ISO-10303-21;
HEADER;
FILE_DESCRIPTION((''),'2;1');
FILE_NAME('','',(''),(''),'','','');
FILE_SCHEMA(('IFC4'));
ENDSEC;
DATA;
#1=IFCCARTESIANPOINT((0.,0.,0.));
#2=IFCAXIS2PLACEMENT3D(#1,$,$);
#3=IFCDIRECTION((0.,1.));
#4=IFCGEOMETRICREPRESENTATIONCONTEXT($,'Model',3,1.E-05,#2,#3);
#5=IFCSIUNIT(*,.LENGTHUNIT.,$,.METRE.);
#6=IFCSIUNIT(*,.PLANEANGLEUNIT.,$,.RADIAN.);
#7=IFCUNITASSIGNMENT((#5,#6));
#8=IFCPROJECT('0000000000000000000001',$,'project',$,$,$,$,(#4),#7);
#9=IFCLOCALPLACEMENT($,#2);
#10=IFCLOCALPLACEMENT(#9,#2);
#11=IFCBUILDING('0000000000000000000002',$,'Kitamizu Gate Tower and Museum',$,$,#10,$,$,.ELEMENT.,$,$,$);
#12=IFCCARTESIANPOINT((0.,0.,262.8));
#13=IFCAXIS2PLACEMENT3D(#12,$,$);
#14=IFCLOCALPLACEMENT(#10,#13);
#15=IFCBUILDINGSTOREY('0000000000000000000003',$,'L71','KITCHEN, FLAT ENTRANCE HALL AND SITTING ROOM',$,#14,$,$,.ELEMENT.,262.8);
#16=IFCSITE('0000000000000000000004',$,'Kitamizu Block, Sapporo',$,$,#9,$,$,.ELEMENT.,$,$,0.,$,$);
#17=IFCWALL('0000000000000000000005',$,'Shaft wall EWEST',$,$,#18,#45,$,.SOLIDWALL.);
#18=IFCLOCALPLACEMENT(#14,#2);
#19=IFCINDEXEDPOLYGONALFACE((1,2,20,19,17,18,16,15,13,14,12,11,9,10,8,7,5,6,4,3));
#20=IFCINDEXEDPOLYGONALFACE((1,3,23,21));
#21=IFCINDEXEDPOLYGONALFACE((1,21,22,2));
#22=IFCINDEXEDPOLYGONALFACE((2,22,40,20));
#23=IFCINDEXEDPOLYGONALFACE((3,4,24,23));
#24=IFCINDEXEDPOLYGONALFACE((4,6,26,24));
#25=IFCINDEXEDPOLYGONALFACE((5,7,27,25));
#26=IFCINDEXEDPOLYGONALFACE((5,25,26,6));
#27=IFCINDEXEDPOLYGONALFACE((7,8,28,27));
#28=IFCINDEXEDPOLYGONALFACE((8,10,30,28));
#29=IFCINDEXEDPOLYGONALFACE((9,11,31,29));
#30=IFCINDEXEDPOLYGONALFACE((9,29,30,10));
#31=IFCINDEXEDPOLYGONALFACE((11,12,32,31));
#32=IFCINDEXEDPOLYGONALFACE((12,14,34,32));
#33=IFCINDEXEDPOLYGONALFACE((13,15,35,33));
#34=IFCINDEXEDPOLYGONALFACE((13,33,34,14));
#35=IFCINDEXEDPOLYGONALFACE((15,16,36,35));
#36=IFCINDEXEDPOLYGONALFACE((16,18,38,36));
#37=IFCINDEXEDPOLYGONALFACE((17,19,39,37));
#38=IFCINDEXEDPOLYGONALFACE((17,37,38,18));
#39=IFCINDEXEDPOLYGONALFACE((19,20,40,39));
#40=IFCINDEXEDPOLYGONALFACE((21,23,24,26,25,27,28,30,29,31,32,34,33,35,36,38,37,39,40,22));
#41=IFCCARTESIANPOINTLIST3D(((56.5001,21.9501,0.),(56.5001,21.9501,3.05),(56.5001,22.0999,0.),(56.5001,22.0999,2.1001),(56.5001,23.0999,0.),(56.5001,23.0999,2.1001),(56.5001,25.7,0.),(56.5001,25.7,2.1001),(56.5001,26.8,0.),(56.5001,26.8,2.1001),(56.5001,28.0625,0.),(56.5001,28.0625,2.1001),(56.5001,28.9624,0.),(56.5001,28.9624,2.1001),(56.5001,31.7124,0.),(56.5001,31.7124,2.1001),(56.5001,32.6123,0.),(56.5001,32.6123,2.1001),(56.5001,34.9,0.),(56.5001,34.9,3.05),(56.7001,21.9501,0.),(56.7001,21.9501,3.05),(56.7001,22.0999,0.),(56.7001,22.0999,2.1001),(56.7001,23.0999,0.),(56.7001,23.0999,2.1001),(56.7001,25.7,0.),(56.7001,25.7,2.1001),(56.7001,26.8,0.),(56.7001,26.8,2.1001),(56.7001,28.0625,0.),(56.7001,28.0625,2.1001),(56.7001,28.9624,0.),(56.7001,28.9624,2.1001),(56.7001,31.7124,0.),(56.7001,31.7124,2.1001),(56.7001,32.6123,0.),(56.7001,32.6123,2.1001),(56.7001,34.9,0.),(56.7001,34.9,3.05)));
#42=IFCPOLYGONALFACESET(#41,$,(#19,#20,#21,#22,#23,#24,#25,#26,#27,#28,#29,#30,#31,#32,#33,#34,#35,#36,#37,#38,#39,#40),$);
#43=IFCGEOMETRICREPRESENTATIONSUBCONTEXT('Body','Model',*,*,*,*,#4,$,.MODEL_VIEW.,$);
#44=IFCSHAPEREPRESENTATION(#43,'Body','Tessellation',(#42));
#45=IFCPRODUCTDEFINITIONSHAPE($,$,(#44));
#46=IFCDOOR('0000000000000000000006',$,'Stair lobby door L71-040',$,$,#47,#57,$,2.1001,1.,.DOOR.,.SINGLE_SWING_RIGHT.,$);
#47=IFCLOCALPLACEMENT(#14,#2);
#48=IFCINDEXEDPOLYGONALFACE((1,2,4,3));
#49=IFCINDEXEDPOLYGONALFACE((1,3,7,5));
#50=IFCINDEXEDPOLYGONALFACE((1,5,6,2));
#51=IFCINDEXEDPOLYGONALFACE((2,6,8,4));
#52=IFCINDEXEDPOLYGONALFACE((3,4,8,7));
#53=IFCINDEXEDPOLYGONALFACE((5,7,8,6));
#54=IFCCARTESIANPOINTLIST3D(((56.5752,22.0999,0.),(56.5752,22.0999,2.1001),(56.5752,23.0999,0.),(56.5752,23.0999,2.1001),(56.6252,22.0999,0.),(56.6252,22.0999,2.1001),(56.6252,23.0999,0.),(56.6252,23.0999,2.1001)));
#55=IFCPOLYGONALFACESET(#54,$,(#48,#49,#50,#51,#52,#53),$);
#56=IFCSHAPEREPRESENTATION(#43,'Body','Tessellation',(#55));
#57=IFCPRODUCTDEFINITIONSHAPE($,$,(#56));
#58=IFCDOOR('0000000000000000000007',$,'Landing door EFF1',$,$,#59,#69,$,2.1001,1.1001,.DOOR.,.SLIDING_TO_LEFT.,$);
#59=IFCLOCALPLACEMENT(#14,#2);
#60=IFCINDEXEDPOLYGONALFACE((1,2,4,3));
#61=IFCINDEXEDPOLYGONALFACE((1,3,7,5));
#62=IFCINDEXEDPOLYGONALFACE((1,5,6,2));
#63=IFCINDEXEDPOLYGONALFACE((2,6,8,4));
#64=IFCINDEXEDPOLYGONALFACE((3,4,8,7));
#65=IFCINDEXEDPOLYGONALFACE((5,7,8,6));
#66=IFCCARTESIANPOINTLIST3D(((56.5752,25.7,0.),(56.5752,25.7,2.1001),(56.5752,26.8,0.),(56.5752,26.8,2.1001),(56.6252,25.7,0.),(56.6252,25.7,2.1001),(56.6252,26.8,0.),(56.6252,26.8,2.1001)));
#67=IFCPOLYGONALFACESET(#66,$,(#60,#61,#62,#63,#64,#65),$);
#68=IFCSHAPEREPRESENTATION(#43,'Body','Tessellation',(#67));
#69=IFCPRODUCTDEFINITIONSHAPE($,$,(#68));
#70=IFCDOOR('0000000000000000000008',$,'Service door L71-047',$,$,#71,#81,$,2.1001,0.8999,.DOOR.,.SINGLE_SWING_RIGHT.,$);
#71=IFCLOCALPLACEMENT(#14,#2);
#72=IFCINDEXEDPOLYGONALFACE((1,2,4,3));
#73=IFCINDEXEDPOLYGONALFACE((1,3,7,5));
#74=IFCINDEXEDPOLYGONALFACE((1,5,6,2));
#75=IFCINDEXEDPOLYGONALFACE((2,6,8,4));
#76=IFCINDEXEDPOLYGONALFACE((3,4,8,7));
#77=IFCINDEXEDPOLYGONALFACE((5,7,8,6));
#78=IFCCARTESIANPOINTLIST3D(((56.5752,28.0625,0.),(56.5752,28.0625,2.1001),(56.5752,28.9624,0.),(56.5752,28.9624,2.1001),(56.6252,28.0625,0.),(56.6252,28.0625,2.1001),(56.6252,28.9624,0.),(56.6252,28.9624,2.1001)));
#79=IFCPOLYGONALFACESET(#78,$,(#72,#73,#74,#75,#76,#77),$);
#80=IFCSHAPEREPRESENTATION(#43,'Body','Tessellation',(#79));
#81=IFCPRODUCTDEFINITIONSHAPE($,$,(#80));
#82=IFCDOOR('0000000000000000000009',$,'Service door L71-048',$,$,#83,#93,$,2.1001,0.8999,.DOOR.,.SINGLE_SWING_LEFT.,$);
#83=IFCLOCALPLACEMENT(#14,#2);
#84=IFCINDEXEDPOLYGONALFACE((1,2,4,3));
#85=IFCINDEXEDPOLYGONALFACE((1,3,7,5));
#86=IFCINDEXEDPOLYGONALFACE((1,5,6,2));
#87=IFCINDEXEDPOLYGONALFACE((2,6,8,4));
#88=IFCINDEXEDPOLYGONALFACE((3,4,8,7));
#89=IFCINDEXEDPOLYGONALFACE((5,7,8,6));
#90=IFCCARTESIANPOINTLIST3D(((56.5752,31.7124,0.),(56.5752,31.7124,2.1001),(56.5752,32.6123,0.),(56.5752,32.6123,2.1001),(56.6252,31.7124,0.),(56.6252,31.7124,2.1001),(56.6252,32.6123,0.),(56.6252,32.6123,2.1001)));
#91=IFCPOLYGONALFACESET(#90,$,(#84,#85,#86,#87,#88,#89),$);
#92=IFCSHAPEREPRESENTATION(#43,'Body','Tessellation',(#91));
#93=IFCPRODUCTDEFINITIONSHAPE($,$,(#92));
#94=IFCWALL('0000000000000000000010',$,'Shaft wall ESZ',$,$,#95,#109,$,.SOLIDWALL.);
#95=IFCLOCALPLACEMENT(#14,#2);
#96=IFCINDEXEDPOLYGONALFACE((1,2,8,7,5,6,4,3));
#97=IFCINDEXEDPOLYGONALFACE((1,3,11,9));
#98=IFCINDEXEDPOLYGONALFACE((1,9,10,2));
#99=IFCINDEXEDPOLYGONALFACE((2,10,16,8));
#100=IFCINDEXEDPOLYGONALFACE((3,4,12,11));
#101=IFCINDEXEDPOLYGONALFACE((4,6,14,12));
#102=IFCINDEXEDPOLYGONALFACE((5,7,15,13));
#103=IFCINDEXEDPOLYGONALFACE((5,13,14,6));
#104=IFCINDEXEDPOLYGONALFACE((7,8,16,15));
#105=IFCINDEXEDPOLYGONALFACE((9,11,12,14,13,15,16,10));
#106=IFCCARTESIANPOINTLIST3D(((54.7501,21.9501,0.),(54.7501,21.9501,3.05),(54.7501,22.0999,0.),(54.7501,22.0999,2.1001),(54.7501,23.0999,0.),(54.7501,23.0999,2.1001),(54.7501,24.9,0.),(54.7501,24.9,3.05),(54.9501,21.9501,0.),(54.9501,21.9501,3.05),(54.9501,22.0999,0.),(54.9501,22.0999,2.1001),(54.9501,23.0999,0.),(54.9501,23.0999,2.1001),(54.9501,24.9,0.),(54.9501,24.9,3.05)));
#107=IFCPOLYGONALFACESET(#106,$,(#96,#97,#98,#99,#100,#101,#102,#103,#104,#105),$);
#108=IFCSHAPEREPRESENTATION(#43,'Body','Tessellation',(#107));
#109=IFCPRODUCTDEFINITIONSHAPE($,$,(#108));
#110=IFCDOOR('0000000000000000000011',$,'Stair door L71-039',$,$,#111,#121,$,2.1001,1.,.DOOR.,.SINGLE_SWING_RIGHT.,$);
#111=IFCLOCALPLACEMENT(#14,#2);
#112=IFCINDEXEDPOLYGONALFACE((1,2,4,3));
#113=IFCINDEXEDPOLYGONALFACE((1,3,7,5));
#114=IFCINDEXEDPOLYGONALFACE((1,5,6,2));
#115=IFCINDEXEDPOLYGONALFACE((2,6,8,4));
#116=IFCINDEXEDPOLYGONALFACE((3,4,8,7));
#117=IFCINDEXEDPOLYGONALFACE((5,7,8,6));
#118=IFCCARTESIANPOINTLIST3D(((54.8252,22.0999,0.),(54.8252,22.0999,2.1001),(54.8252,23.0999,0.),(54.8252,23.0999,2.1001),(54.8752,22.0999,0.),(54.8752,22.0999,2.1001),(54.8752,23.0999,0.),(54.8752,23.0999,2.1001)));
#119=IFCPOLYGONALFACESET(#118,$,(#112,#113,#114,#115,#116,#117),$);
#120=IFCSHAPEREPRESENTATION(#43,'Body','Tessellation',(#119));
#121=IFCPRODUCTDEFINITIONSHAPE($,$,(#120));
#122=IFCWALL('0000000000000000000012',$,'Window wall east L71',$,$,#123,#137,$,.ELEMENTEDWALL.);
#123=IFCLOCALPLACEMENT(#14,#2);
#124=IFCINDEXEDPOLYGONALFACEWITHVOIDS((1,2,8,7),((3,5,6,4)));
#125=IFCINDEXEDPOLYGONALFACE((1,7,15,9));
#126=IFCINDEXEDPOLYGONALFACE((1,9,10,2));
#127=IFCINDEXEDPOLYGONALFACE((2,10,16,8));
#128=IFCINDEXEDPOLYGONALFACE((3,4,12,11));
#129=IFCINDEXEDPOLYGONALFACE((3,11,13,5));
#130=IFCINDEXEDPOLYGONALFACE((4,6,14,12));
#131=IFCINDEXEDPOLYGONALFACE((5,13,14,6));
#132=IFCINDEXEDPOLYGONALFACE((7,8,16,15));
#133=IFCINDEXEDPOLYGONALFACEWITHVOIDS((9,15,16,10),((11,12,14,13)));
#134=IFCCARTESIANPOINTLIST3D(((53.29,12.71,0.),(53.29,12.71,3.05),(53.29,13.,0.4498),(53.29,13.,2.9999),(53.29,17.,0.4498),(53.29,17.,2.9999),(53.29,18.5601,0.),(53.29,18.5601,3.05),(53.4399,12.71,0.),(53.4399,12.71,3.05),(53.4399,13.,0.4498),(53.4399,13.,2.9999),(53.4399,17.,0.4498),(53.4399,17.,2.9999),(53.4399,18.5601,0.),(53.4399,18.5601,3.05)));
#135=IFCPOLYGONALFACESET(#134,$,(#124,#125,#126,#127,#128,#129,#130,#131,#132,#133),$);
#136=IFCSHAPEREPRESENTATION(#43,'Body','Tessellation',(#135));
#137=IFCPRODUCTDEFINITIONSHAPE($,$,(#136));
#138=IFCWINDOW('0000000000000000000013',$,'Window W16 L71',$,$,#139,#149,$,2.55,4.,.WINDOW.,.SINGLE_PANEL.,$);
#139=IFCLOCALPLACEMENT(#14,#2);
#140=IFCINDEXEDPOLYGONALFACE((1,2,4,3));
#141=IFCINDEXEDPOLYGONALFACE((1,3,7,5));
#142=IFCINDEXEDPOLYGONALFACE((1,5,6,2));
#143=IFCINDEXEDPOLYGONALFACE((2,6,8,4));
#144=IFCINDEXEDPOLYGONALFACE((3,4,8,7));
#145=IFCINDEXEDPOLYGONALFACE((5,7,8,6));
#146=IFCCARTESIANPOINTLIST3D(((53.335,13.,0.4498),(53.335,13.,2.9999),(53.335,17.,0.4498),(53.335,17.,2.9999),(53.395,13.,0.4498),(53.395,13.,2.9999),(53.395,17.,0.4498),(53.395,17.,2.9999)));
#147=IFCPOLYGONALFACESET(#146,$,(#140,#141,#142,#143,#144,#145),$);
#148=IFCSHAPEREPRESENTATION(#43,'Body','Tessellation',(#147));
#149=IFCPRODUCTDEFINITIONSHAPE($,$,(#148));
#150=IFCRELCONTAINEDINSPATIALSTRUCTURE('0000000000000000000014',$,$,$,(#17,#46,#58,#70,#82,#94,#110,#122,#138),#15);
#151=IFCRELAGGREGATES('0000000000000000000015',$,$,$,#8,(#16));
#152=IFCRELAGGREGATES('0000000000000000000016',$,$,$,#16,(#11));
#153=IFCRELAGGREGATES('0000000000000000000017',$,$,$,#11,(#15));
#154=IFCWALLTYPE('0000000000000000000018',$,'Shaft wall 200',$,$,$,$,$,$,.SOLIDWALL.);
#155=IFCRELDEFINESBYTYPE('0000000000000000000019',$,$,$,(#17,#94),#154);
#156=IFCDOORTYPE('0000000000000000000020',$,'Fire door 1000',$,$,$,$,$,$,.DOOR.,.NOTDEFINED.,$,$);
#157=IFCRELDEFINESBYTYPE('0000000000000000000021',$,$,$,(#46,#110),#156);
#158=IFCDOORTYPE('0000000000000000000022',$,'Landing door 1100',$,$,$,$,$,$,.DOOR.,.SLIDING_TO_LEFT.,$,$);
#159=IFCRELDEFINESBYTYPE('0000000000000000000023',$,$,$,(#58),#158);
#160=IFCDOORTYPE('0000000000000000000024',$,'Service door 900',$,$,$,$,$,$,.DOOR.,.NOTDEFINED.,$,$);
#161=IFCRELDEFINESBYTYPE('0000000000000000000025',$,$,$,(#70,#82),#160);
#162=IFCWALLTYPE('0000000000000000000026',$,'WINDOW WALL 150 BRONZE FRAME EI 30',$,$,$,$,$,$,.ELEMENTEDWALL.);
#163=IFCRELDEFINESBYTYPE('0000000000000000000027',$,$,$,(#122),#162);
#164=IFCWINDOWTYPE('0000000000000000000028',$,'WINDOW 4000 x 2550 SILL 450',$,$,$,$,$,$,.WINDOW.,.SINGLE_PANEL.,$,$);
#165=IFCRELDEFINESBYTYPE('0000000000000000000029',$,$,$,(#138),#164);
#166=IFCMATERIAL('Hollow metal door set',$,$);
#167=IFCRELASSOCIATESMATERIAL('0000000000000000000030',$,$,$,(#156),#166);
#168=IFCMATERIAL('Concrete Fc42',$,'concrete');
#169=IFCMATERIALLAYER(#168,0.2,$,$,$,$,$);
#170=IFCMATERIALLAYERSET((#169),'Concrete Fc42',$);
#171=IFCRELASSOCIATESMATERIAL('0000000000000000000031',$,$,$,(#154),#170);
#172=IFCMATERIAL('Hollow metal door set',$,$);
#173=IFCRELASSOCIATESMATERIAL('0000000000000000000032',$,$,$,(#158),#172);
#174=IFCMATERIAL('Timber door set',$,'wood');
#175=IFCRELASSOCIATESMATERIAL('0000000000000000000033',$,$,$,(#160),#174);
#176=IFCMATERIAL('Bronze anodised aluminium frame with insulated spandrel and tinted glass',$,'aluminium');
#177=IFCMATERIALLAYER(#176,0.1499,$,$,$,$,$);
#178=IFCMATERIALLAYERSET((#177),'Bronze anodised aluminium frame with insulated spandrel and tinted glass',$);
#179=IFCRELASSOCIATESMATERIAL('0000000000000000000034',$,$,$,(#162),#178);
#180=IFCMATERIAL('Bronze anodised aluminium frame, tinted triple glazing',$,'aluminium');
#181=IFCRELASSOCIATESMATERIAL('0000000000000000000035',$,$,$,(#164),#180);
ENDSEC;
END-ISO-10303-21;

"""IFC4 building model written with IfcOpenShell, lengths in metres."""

from ifc_helpers import new_model, si_unit, direction, frame, frame_2d, origin, place, context, subcontext, project, spatial, rectangle, extrude, material, layer, layer_set, type_object, element, fill, save


model = new_model("IFC4")

# Units and contexts
model_context = context("Model", 3, precision=1e-05, world=origin(), true_north=direction((0.0, 1.0)))
body_context = subcontext(model_context, "Body", "Model", "MODEL_VIEW")
ifc_project = project(units=[si_unit("LENGTHUNIT", "METRE"), si_unit("PLANEANGLEUNIT", "RADIAN")], contexts=[model_context])

# Site, building, storey
site_placement = place(None, origin())
site = spatial("IfcSite", under=ifc_project, at=site_placement, Name="Kitamizu Block, Sapporo", CompositionType="ELEMENT", RefElevation=0.0)
building_placement = place(site_placement, origin())
building = spatial("IfcBuilding", under=site, at=building_placement, Name="Kitamizu Gate Tower and Museum", CompositionType="ELEMENT")
storey_placement = place(building_placement, frame((0.0, 0.0, 262.8)))
storey = spatial("IfcBuildingStorey", under=building, at=storey_placement, Name="L71", Description="KITCHEN, FLAT ENTRANCE HALL AND SITTING ROOM", CompositionType="ELEMENT", Elevation=262.8)

# Shared definitions
ifc_material_1 = material(Name="Hollow metal door set")
door_type_1 = type_object("IfcDoorType", Name="Fire door 1000", OperationType="NOTDEFINED", PredefinedType="DOOR", material=ifc_material_1)

# Wall, openings, doors
ifc_material_2 = material(Name="Concrete Fc42", Category="concrete")
ifc_layer_1 = layer(ifc_material_2, 0.2)
ifc_layer_set_1 = layer_set([ifc_layer_1], Name="Concrete Fc42")
wall_type_1 = type_object("IfcWallType", Name="Shaft wall 200", PredefinedType="SOLIDWALL", material=ifc_layer_set_1)
wall_1_placement = place(storey_placement, frame((56.6001, 21.95, 0.0), z_axis=(0.0, 0.0, 1.0), x_axis=(0.0, 1.0, 0.0)))
wall_1 = element("IfcWall", 1, at=wall_1_placement, inside=storey, type_object=wall_type_1, Name="Shaft wall EWEST", PredefinedType="SOLIDWALL", context=body_context, shape_type="SweptSolid", body=[
    extrude(rectangle(XDim=12.95, YDim=0.2, at=frame_2d((6.4751, 0.0))), origin(), (0.0, 0.0, 1.0), 3.05),
])
opening_1_placement = place(wall_1_placement, frame((3.75, 0.0, 0.0)))
opening_1 = element("IfcOpeningElement", 2, at=opening_1_placement, cuts=wall_1, PredefinedType="OPENING", context=body_context, shape_type="SweptSolid", body=[
    extrude(rectangle(XDim=1.1001, YDim=2.1001, at=frame_2d((0.55, 1.05))), frame((0.0, 0.1099, 0.0), z_axis=(0.0, -1.0, 0.0), x_axis=(1.0, 0.0, 0.0)), (0.0, 0.0, 1.0), 0.22),
])
opening_2_placement = place(wall_1_placement, frame((0.1499, 0.0, 0.0)))
opening_2 = element("IfcOpeningElement", 3, at=opening_2_placement, cuts=wall_1, PredefinedType="OPENING", context=body_context, shape_type="SweptSolid", body=[
    extrude(rectangle(XDim=1.0, YDim=2.1001, at=frame_2d((0.5, 1.05))), frame((0.0, 0.1099, 0.0), z_axis=(0.0, -1.0, 0.0), x_axis=(1.0, 0.0, 0.0)), (0.0, 0.0, 1.0), 0.22),
])
opening_3_placement = place(wall_1_placement, frame((6.1125, 0.0, 0.0)))
opening_3 = element("IfcOpeningElement", 4, at=opening_3_placement, cuts=wall_1, PredefinedType="OPENING", context=body_context, shape_type="SweptSolid", body=[
    extrude(rectangle(XDim=0.8999, YDim=2.1001, at=frame_2d((0.45, 1.05))), frame((0.0, 0.1099, 0.0), z_axis=(0.0, -1.0, 0.0), x_axis=(1.0, 0.0, 0.0)), (0.0, 0.0, 1.0), 0.22),
])
opening_4_placement = place(wall_1_placement, frame((9.7625, 0.0, 0.0)))
opening_4 = element("IfcOpeningElement", 5, at=opening_4_placement, cuts=wall_1, PredefinedType="OPENING", context=body_context, shape_type="SweptSolid", body=[
    extrude(rectangle(XDim=0.8999, YDim=2.1001, at=frame_2d((0.45, 1.05))), frame((0.0, 0.1099, 0.0), z_axis=(0.0, -1.0, 0.0), x_axis=(1.0, 0.0, 0.0)), (0.0, 0.0, 1.0), 0.22),
])
door_1_placement = place(opening_2_placement, origin())
door_1 = element("IfcDoor", 6, at=door_1_placement, inside=storey, type_object=door_type_1, Name="Stair lobby door L71-040", OperationType="SINGLE_SWING_RIGHT", OverallHeight=2.1001, OverallWidth=1.0, PredefinedType="DOOR", context=body_context, shape_type="SweptSolid", body=[
    extrude(rectangle(XDim=1.0, YDim=2.1001, at=frame_2d((0.5, 1.05))), frame((0.0, 0.0249, 0.0), z_axis=(0.0, -1.0, 0.0), x_axis=(1.0, 0.0, 0.0)), (0.0, 0.0, 1.0), 0.05),
])
fill(opening_2, door_1)
ifc_material_3 = material(Name="Hollow metal door set")
door_type_2 = type_object("IfcDoorType", Name="Landing door 1100", OperationType="SLIDING_TO_LEFT", PredefinedType="DOOR", material=ifc_material_3)
door_2_placement = place(opening_1_placement, origin())
door_2 = element("IfcDoor", 7, at=door_2_placement, inside=storey, type_object=door_type_2, Name="Landing door EFF1", OperationType="SLIDING_TO_LEFT", OverallHeight=2.1001, OverallWidth=1.1001, PredefinedType="DOOR", context=body_context, shape_type="SweptSolid", body=[
    extrude(rectangle(XDim=1.1001, YDim=2.1001, at=frame_2d((0.55, 1.05))), frame((0.0, 0.0249, 0.0), z_axis=(0.0, -1.0, 0.0), x_axis=(1.0, 0.0, 0.0)), (0.0, 0.0, 1.0), 0.05),
])
fill(opening_1, door_2)
ifc_material_4 = material(Name="Timber door set", Category="wood")
door_type_3 = type_object("IfcDoorType", Name="Service door 900", OperationType="NOTDEFINED", PredefinedType="DOOR", material=ifc_material_4)
door_3_placement = place(opening_3_placement, origin())
door_3 = element("IfcDoor", 8, at=door_3_placement, inside=storey, type_object=door_type_3, Name="Service door L71-047", OperationType="SINGLE_SWING_RIGHT", OverallHeight=2.1001, OverallWidth=0.8999, PredefinedType="DOOR", context=body_context, shape_type="SweptSolid", body=[
    extrude(rectangle(XDim=0.8999, YDim=2.1001, at=frame_2d((0.45, 1.05))), frame((0.0, 0.0249, 0.0), z_axis=(0.0, -1.0, 0.0), x_axis=(1.0, 0.0, 0.0)), (0.0, 0.0, 1.0), 0.05),
])
fill(opening_3, door_3)
door_4_placement = place(opening_4_placement, origin())
door_4 = element("IfcDoor", 9, at=door_4_placement, inside=storey, type_object=door_type_3, Name="Service door L71-048", OperationType="SINGLE_SWING_LEFT", OverallHeight=2.1001, OverallWidth=0.8999, PredefinedType="DOOR", context=body_context, shape_type="SweptSolid", body=[
    extrude(rectangle(XDim=0.8999, YDim=2.1001, at=frame_2d((0.45, 1.05))), frame((0.0, 0.0249, 0.0), z_axis=(0.0, -1.0, 0.0), x_axis=(1.0, 0.0, 0.0)), (0.0, 0.0, 1.0), 0.05),
])
fill(opening_4, door_4)

# Wall, opening, door
wall_2_placement = place(storey_placement, frame((54.8501, 21.95, 0.0), z_axis=(0.0, 0.0, 1.0), x_axis=(0.0, 1.0, 0.0)))
wall_2 = element("IfcWall", 10, at=wall_2_placement, inside=storey, type_object=wall_type_1, Name="Shaft wall ESZ", PredefinedType="SOLIDWALL", context=body_context, shape_type="SweptSolid", body=[
    extrude(rectangle(XDim=2.95, YDim=0.2, at=frame_2d((1.4751, 0.0))), origin(), (0.0, 0.0, 1.0), 3.05),
])
opening_5_placement = place(wall_2_placement, frame((0.1499, 0.0, 0.0)))
opening_5 = element("IfcOpeningElement", 11, at=opening_5_placement, cuts=wall_2, PredefinedType="OPENING", context=body_context, shape_type="SweptSolid", body=[
    extrude(rectangle(XDim=1.0, YDim=2.1001, at=frame_2d((0.5, 1.05))), frame((0.0, 0.1099, 0.0), z_axis=(0.0, -1.0, 0.0), x_axis=(1.0, 0.0, 0.0)), (0.0, 0.0, 1.0), 0.22),
])
door_5_placement = place(opening_5_placement, origin())
door_5 = element("IfcDoor", 12, at=door_5_placement, inside=storey, type_object=door_type_1, Name="Stair door L71-039", OperationType="SINGLE_SWING_RIGHT", OverallHeight=2.1001, OverallWidth=1.0, PredefinedType="DOOR", context=body_context, shape_type="SweptSolid", body=[
    extrude(rectangle(XDim=1.0, YDim=2.1001, at=frame_2d((0.5, 1.05))), frame((0.0, 0.0249, 0.0), z_axis=(0.0, -1.0, 0.0), x_axis=(1.0, 0.0, 0.0)), (0.0, 0.0, 1.0), 0.05),
])
fill(opening_5, door_5)

# Wall, opening, window
ifc_material_5 = material(Name="Bronze anodised aluminium frame with insulated spandrel and tinted glass", Category="aluminium")
ifc_layer_2 = layer(ifc_material_5, 0.1499)
ifc_layer_set_2 = layer_set([ifc_layer_2], Name="Bronze anodised aluminium frame with insulated spandrel and tinted glass")
wall_type_2 = type_object("IfcWallType", Name="WINDOW WALL 150 BRONZE FRAME EI 30", PredefinedType="ELEMENTEDWALL", material=ifc_layer_set_2)
wall_3_placement = place(storey_placement, frame((53.365, 12.71, 0.0), z_axis=(0.0, 0.0, 1.0), x_axis=(0.0, 1.0, 0.0)))
wall_3 = element("IfcWall", 13, at=wall_3_placement, inside=storey, type_object=wall_type_2, Name="Window wall east L71", PredefinedType="ELEMENTEDWALL", context=body_context, shape_type="SweptSolid", body=[
    extrude(rectangle(XDim=5.8501, YDim=0.1499, at=frame_2d((2.925, 0.0))), origin(), (0.0, 0.0, 1.0), 3.05),
])
opening_6_placement = place(wall_3_placement, frame((0.29, 0.0, 0.45)))
opening_6 = element("IfcOpeningElement", 14, at=opening_6_placement, cuts=wall_3, PredefinedType="OPENING", context=body_context, shape_type="SweptSolid", body=[
    extrude(rectangle(XDim=4.0, YDim=2.55, at=frame_2d((2.0, 1.2749))), frame((0.0, 0.085, 0.0), z_axis=(0.0, -1.0, 0.0), x_axis=(1.0, 0.0, 0.0)), (0.0, 0.0, 1.0), 0.1699),
])
ifc_material_6 = material(Name="Bronze anodised aluminium frame, tinted triple glazing", Category="aluminium")
window_type = type_object("IfcWindowType", Name="WINDOW 4000 x 2550 SILL 450", PartitioningType="SINGLE_PANEL", PredefinedType="WINDOW", material=ifc_material_6)
window_1_placement = place(opening_6_placement, origin())
window_1 = element("IfcWindow", 15, at=window_1_placement, inside=storey, type_object=window_type, Name="Window W16 L71", OverallHeight=2.55, OverallWidth=4.0, PartitioningType="SINGLE_PANEL", PredefinedType="WINDOW", context=body_context, shape_type="SweptSolid", body=[
    extrude(rectangle(XDim=4.0, YDim=2.55, at=frame_2d((2.0, 1.2749))), frame((0.0, 0.03, 0.0), z_axis=(0.0, -1.0, 0.0), x_axis=(1.0, 0.0, 0.0)), (0.0, 0.0, 1.0), 0.0601),
])
fill(opening_6, window_1)

save(model, "model.ifc")
